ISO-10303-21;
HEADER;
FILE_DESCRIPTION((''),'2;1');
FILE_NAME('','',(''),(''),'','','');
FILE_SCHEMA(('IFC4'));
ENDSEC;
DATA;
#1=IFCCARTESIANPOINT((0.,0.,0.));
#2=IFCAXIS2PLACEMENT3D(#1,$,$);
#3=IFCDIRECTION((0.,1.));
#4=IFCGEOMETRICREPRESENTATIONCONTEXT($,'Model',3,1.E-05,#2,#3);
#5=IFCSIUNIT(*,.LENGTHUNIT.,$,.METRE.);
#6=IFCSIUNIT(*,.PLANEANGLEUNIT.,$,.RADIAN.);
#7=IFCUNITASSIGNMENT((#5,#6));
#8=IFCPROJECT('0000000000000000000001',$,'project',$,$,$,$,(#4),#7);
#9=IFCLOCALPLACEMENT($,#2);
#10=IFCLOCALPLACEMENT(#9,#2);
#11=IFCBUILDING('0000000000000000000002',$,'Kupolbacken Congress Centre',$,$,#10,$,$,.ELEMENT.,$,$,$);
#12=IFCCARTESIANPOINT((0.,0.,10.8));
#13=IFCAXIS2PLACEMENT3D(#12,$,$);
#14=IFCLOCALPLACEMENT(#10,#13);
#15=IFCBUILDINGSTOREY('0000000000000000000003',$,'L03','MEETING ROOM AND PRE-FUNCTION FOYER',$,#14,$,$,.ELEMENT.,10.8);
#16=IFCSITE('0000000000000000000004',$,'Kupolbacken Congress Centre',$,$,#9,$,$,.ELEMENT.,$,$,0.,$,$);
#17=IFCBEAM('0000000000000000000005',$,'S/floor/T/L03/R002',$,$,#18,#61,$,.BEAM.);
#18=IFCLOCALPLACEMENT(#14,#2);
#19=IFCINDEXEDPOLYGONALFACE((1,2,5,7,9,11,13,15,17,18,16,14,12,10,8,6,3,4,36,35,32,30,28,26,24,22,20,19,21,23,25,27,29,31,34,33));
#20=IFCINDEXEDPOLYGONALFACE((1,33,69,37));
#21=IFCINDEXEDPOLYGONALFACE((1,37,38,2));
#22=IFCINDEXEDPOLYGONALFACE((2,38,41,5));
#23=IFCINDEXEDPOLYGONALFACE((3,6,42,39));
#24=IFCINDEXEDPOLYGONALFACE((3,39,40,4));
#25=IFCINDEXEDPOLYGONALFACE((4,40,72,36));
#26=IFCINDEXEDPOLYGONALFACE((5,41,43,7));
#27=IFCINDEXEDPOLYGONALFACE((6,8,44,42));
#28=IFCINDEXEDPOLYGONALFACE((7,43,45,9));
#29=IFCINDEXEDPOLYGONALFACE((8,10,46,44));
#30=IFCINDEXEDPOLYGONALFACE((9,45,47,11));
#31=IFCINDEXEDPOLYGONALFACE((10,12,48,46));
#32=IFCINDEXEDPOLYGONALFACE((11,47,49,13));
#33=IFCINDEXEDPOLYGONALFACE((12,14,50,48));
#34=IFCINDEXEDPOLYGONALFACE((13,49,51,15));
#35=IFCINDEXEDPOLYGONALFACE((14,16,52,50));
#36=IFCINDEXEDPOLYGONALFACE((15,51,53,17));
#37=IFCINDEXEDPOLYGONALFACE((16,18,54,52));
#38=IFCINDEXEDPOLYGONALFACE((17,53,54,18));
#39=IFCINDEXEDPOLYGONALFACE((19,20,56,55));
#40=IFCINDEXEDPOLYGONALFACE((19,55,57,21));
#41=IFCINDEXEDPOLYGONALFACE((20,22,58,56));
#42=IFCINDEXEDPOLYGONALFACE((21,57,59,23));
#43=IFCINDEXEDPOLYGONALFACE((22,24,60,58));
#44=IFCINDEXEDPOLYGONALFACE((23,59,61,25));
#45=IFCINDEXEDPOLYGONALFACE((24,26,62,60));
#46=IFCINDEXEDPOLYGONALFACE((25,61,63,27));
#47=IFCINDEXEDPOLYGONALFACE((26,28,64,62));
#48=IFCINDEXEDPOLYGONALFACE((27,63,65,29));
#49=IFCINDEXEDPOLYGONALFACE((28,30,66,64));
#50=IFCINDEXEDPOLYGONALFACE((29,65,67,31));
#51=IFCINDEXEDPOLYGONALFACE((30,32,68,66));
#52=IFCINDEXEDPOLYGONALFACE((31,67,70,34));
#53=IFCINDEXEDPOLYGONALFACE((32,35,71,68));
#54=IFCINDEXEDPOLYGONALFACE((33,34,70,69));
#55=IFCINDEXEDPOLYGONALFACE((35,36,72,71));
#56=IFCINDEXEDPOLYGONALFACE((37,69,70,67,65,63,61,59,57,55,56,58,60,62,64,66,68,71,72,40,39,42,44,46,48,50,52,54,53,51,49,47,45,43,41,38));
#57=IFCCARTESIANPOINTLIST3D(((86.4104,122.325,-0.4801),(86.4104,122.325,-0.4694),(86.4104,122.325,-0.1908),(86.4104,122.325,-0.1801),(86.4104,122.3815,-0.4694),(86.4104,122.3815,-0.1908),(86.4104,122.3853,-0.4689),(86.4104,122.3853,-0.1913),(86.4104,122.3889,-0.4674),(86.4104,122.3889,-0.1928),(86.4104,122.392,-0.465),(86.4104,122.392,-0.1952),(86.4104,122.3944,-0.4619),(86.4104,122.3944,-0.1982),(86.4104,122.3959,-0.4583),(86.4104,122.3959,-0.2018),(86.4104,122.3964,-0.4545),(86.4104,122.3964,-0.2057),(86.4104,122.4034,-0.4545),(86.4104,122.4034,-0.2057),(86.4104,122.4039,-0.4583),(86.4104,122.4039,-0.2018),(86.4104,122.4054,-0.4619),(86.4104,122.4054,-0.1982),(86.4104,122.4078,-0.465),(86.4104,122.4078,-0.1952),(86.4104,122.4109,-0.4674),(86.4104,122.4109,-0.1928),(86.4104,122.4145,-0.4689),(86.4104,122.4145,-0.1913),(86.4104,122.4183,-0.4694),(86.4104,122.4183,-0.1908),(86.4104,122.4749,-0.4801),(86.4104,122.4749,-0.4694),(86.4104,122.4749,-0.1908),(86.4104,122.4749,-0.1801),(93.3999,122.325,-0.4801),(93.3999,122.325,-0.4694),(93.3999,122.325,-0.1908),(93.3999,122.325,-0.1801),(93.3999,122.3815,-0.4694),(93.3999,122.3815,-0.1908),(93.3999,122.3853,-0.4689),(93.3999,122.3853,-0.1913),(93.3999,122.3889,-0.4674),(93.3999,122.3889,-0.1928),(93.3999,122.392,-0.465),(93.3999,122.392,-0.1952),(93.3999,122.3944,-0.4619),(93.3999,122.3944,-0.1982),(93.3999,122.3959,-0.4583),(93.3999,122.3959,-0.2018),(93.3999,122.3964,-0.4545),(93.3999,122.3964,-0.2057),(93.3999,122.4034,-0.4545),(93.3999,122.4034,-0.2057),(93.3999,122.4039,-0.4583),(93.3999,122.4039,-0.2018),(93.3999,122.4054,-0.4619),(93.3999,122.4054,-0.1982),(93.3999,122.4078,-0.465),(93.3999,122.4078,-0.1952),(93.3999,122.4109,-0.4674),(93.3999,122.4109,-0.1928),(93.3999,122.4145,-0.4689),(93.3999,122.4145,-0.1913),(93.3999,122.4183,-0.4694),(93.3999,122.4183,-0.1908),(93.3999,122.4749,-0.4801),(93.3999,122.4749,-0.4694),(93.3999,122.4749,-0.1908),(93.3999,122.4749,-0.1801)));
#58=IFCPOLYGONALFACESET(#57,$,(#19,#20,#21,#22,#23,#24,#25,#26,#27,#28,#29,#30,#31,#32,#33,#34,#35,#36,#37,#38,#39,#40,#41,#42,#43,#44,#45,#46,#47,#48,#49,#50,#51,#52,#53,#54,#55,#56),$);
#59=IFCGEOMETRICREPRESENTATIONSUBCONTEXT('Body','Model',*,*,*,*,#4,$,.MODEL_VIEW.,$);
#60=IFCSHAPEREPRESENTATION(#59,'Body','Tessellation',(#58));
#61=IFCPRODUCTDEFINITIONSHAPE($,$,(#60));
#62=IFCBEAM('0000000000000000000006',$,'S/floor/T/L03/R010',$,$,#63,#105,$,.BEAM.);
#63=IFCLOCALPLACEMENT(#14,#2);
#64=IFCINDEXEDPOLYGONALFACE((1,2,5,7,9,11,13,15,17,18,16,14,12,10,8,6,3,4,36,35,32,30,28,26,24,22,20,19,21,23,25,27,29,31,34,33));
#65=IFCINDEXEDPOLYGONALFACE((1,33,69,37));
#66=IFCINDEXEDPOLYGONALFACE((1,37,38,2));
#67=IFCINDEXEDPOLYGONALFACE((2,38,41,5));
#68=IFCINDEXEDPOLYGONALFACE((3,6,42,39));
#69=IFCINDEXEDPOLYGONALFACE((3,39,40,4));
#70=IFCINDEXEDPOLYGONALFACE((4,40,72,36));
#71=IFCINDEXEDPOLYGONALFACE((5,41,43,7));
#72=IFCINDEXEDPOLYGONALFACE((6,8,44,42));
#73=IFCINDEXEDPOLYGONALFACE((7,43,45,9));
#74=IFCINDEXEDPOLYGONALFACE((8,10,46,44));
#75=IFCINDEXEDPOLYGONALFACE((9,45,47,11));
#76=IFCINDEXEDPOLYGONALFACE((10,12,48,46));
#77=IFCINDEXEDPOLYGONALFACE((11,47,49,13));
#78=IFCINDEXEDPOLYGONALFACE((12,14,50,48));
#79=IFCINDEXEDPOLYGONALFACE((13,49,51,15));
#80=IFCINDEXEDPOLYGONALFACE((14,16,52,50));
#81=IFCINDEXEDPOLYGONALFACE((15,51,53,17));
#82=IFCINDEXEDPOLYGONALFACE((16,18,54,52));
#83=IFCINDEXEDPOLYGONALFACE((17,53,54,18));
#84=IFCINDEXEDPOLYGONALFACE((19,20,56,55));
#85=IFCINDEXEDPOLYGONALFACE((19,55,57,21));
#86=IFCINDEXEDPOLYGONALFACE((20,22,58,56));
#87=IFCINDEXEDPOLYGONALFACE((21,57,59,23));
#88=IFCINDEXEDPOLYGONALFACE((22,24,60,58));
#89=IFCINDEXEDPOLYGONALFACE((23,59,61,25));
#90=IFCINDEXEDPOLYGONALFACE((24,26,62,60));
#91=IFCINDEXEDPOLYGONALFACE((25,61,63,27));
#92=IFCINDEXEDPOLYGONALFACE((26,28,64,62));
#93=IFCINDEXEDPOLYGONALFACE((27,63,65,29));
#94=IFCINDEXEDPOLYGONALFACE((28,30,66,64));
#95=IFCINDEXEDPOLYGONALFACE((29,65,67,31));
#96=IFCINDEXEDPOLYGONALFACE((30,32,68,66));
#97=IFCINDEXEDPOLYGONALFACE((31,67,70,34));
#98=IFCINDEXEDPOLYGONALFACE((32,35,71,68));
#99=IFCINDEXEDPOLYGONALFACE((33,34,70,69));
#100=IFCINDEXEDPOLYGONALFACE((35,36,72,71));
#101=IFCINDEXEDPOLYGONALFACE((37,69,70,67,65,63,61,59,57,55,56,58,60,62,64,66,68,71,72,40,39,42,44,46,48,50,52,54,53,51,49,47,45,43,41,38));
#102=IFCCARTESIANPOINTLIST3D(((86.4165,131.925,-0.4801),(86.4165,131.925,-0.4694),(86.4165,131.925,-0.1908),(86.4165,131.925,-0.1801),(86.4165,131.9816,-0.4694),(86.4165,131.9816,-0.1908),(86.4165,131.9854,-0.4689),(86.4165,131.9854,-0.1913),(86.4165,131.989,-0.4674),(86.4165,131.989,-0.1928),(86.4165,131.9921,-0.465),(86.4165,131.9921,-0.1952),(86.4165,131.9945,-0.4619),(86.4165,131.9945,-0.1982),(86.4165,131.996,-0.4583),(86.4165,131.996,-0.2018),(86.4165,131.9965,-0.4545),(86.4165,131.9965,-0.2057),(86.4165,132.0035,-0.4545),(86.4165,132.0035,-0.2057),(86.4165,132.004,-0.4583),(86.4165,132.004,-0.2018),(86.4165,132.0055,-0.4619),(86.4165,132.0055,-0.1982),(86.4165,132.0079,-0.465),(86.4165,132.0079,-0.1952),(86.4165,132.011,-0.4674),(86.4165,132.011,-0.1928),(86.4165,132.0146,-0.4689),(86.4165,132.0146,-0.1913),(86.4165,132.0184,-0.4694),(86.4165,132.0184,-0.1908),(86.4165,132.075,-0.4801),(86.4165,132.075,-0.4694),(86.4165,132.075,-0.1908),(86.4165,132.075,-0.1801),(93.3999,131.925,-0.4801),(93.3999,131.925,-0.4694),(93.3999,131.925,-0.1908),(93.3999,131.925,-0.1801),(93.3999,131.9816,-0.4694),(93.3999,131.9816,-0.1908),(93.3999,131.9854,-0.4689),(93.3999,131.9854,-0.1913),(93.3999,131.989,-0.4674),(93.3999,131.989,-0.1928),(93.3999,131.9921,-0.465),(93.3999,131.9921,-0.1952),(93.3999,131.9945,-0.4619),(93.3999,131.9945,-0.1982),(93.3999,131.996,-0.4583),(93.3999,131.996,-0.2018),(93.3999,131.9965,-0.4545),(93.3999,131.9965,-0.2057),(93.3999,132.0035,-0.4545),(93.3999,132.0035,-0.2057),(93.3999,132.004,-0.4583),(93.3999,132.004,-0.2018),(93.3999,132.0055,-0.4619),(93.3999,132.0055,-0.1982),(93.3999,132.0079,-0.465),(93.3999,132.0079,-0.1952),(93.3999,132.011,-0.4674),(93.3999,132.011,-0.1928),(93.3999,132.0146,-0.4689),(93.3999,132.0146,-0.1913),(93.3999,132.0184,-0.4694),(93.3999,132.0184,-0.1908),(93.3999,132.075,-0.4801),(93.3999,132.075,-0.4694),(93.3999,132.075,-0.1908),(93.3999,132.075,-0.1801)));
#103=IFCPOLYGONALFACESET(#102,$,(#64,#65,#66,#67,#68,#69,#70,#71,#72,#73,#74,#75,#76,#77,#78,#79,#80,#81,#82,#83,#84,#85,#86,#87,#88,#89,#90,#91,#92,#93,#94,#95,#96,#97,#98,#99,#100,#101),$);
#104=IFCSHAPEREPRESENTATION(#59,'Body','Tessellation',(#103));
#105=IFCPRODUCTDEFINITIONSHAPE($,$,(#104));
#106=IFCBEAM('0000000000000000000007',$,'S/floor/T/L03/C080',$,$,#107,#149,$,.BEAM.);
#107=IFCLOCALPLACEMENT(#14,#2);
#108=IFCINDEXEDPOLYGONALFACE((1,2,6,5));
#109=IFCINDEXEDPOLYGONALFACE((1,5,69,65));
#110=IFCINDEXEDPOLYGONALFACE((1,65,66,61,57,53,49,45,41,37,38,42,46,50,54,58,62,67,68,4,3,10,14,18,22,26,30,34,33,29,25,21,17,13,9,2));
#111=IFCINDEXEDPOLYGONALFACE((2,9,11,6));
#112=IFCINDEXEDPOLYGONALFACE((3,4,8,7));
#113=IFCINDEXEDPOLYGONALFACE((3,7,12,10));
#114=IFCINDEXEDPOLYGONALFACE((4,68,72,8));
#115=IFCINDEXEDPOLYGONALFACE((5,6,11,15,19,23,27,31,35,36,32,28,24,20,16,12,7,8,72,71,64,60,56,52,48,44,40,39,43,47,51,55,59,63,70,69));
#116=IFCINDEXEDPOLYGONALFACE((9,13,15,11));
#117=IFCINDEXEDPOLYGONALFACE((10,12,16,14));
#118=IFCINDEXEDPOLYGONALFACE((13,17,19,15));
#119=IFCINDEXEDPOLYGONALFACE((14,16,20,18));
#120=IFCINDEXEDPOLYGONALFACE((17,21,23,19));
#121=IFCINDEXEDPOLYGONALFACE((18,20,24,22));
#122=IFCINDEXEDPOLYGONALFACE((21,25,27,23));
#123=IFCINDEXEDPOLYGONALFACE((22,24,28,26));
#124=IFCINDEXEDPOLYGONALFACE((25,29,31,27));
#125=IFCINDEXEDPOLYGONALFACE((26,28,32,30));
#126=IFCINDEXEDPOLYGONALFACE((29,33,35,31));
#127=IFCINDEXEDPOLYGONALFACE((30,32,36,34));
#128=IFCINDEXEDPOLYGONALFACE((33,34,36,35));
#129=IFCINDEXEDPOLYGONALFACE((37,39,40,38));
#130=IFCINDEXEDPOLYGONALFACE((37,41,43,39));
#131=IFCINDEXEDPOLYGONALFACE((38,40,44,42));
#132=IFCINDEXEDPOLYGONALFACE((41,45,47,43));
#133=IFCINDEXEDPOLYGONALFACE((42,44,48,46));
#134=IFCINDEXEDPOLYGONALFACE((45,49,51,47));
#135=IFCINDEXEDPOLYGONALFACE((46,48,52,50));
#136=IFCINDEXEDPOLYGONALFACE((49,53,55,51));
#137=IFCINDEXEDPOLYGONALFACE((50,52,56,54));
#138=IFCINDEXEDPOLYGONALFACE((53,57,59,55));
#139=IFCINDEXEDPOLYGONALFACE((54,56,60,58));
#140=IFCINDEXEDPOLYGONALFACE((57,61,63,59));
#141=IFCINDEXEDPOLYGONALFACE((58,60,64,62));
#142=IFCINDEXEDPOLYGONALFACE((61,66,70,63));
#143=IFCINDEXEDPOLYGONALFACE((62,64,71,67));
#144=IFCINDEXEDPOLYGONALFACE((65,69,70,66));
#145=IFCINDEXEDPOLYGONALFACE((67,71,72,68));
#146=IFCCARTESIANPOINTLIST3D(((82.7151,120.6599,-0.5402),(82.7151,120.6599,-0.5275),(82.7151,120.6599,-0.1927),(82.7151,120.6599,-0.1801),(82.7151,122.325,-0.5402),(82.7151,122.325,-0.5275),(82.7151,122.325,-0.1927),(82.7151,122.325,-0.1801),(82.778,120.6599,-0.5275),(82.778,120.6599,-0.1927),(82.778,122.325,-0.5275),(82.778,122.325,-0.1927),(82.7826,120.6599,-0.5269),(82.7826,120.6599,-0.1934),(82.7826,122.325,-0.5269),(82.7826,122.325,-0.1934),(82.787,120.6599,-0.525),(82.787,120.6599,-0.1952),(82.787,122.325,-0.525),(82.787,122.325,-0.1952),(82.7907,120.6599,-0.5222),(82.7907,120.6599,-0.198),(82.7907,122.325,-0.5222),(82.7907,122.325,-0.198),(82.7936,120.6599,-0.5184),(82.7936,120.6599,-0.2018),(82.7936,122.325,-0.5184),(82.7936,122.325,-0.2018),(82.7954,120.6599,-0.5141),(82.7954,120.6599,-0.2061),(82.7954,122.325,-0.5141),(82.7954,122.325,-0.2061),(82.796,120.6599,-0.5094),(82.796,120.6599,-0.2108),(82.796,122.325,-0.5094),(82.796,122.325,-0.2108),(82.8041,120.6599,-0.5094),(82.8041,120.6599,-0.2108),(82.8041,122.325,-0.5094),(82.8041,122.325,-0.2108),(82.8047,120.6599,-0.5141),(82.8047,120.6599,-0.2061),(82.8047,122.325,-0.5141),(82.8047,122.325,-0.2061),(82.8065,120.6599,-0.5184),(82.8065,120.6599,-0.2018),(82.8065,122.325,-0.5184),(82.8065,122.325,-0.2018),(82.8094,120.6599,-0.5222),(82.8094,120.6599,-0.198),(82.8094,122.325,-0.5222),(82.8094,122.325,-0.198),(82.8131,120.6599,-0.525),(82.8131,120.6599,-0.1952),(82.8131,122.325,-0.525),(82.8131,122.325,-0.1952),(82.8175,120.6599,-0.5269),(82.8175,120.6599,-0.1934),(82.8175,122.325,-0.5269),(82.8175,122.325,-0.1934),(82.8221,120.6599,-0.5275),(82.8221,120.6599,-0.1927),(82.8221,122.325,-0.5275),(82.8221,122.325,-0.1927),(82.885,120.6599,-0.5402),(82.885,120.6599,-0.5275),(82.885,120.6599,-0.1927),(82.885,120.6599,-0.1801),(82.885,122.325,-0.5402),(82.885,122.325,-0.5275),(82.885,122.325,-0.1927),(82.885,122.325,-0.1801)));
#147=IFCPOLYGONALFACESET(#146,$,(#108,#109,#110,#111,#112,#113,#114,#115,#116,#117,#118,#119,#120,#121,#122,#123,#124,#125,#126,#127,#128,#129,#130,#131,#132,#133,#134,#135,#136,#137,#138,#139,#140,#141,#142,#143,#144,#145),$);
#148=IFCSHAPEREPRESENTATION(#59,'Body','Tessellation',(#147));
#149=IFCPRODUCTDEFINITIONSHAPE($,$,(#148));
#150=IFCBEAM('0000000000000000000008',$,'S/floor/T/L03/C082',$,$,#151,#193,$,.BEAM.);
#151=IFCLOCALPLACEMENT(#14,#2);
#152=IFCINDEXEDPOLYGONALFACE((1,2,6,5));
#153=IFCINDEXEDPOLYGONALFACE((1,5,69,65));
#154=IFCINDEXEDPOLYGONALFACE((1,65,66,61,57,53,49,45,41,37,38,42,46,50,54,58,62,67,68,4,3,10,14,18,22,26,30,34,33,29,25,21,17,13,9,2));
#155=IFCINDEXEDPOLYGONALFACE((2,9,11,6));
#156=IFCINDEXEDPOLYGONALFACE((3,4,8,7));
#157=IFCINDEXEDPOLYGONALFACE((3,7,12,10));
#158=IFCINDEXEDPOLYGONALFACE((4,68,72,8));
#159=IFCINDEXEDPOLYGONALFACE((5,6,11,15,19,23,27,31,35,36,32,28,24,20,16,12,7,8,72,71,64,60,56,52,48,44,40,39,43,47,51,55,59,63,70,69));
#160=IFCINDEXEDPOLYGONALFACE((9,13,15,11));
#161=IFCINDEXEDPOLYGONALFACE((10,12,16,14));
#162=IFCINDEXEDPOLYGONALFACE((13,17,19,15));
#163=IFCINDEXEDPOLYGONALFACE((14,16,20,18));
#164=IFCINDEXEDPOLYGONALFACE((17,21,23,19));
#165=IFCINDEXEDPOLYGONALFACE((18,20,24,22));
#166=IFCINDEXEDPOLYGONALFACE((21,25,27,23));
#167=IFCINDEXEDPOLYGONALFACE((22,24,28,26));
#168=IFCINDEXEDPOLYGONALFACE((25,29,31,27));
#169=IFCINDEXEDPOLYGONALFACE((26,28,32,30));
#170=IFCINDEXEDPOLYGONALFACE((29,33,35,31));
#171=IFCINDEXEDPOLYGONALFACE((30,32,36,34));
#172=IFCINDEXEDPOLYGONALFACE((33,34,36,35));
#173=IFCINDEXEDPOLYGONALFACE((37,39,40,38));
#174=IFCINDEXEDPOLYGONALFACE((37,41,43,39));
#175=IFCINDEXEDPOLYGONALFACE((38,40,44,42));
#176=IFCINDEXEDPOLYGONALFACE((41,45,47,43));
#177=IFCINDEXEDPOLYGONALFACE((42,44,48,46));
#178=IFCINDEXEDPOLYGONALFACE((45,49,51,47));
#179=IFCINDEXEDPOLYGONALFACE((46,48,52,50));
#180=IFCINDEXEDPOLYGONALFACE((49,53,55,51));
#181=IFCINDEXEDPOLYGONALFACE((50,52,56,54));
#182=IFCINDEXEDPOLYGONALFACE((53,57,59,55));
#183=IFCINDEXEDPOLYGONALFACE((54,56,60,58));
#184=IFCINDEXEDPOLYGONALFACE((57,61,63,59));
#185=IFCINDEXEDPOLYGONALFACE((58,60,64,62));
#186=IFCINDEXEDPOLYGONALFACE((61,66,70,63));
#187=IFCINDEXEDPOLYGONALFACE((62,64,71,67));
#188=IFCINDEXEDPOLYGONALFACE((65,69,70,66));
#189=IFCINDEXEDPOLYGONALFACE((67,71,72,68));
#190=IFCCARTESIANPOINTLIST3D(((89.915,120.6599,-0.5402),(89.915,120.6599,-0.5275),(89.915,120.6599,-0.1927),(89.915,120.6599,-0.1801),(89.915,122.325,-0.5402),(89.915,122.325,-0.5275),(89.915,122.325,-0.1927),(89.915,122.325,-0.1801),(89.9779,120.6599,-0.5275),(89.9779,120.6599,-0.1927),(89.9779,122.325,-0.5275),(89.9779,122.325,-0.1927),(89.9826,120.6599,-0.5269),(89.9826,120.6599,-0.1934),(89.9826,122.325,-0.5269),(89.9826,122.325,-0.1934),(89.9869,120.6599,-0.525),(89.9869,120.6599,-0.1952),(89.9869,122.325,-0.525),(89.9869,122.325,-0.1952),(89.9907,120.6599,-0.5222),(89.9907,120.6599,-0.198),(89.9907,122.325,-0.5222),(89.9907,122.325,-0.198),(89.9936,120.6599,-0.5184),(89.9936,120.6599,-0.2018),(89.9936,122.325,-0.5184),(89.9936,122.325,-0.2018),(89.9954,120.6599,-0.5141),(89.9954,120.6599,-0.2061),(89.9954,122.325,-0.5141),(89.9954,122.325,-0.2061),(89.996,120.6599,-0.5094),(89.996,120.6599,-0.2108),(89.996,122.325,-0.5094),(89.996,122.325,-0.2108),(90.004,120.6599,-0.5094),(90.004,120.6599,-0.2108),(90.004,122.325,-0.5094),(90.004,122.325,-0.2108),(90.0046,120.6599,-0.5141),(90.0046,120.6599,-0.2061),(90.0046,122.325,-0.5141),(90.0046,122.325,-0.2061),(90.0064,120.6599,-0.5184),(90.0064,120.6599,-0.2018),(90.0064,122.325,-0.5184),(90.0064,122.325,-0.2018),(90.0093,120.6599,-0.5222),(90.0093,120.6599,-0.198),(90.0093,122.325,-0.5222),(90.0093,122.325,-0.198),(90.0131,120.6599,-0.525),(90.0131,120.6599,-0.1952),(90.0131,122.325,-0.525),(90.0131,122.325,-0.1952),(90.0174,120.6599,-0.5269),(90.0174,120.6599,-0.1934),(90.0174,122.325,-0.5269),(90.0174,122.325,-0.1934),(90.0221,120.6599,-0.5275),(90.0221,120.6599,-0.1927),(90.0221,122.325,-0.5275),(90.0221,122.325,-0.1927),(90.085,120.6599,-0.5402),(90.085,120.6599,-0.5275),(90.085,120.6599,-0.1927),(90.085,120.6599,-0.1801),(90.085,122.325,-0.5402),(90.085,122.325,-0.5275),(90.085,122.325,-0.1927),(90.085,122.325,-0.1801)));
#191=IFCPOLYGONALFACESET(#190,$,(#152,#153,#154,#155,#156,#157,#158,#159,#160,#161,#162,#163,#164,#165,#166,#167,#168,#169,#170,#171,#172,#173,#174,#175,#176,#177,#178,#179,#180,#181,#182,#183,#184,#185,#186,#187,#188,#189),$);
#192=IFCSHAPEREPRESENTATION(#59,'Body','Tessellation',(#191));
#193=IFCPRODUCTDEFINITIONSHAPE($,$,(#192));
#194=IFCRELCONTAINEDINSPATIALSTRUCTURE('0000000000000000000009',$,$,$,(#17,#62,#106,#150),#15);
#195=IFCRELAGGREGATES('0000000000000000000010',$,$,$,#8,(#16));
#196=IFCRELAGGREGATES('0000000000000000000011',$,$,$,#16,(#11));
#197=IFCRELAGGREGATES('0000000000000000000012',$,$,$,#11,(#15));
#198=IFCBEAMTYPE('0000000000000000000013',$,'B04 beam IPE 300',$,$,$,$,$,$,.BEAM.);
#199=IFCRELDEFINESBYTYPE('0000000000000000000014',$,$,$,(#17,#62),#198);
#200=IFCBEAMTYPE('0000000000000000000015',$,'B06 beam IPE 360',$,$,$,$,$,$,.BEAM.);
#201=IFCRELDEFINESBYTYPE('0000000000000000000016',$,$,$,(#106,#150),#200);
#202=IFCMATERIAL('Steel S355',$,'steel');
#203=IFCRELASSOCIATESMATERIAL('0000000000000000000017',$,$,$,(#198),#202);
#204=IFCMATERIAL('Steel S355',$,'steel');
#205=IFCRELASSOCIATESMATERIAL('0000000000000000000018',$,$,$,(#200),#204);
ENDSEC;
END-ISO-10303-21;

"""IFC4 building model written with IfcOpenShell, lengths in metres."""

from ifc_helpers import new_model, si_unit, direction, frame, origin, origin_2d, place, context, subcontext, project, spatial, i_section, extrude, material, material_profile, profile_set, type_object, element, save


model = new_model("IFC4")

# Units and contexts
model_context = context("Model", 3, precision=1e-05, world=origin(), true_north=direction((0.0, 1.0)))
body_context = subcontext(model_context, "Body", "Model", "MODEL_VIEW")
ifc_project = project(units=[si_unit("LENGTHUNIT", "METRE"), si_unit("PLANEANGLEUNIT", "RADIAN")], contexts=[model_context])

# Site, building, storey
site_placement = place(None, origin())
site = spatial("IfcSite", under=ifc_project, at=site_placement, Name="Kupolbacken Congress Centre", CompositionType="ELEMENT", RefElevation=0.0)
building_placement = place(site_placement, origin())
building = spatial("IfcBuilding", under=site, at=building_placement, Name="Kupolbacken Congress Centre", CompositionType="ELEMENT")
storey_placement = place(building_placement, frame((0.0, 0.0, 10.8)))
storey = spatial("IfcBuildingStorey", under=building, at=storey_placement, Name="L03", Description="MEETING ROOM AND PRE-FUNCTION FOYER", CompositionType="ELEMENT", Elevation=10.8)

# Beams
ifc_material_1 = material(Name="Steel S355", Category="steel")
ifc_material_profile_1 = material_profile(ifc_material_1, i_section(OverallWidth=0.1499, OverallDepth=0.3, WebThickness=0.0071, FlangeThickness=0.0107, FilletRadius=0.0149, at=origin_2d()), Name="IPE 300")
ifc_profile_set_1 = profile_set([ifc_material_profile_1], Name="Steel S355")
beam_type_1 = type_object("IfcBeamType", Name="B04 beam IPE 300", PredefinedType="BEAM", material=ifc_profile_set_1)
beam_1_placement = place(storey_placement, frame((86.4104, 122.3999, -0.3301), z_axis=(1.0, 0.0, 0.0), x_axis=(0.0, 1.0, 0.0)))
element("IfcBeam", 1, at=beam_1_placement, inside=storey, type_object=beam_type_1, Name="S/floor/T/L03/R002", PredefinedType="BEAM", context=body_context, shape_type="SweptSolid", body=[
    extrude(i_section(OverallWidth=0.1499, OverallDepth=0.3, WebThickness=0.0071, FlangeThickness=0.0107, FilletRadius=0.0149, at=origin_2d()), origin(), (0.0, 0.0, 1.0), 6.9895),
])
beam_2_placement = place(storey_placement, frame((86.4165, 132.0, -0.3301), z_axis=(1.0, 0.0, 0.0), x_axis=(0.0, 1.0, 0.0)))
element("IfcBeam", 2, at=beam_2_placement, inside=storey, type_object=beam_type_1, Name="S/floor/T/L03/R010", PredefinedType="BEAM", context=body_context, shape_type="SweptSolid", body=[
    extrude(i_section(OverallWidth=0.1499, OverallDepth=0.3, WebThickness=0.0071, FlangeThickness=0.0107, FilletRadius=0.0149, at=origin_2d()), origin(), (0.0, 0.0, 1.0), 6.9834),
])
ifc_material_2 = material(Name="Steel S355", Category="steel")
ifc_material_profile_2 = material_profile(ifc_material_2, i_section(OverallWidth=0.1699, OverallDepth=0.3601, WebThickness=0.0081, FlangeThickness=0.0127, FilletRadius=0.0181, at=origin_2d()), Name="IPE 360")
ifc_profile_set_2 = profile_set([ifc_material_profile_2], Name="Steel S355")
beam_type_2 = type_object("IfcBeamType", Name="B06 beam IPE 360", PredefinedType="BEAM", material=ifc_profile_set_2)
for number, where, z_axis, x_axis, name in (
    (3, (82.8, 122.325, -0.3601), (0.0, -1.0, 0.0), (1.0, 0.0, 0.0), "S/floor/T/L03/C080"),
    (4, (90.0, 122.325, -0.3601), (0.0, -1.0, 0.0), (1.0, 0.0, 0.0), "S/floor/T/L03/C082"),
):
    element("IfcBeam", number, at=place(storey_placement, frame(where, z_axis=z_axis, x_axis=x_axis)), inside=storey, type_object=beam_type_2, Name=name, PredefinedType="BEAM", context=body_context, shape_type="SweptSolid", body=[
        extrude(i_section(OverallWidth=0.1699, OverallDepth=0.3601, WebThickness=0.0081, FlangeThickness=0.0127, FilletRadius=0.0181, at=origin_2d()), origin(), (0.0, 0.0, 1.0), 1.665),
    ])

save(model, "model.ifc")
